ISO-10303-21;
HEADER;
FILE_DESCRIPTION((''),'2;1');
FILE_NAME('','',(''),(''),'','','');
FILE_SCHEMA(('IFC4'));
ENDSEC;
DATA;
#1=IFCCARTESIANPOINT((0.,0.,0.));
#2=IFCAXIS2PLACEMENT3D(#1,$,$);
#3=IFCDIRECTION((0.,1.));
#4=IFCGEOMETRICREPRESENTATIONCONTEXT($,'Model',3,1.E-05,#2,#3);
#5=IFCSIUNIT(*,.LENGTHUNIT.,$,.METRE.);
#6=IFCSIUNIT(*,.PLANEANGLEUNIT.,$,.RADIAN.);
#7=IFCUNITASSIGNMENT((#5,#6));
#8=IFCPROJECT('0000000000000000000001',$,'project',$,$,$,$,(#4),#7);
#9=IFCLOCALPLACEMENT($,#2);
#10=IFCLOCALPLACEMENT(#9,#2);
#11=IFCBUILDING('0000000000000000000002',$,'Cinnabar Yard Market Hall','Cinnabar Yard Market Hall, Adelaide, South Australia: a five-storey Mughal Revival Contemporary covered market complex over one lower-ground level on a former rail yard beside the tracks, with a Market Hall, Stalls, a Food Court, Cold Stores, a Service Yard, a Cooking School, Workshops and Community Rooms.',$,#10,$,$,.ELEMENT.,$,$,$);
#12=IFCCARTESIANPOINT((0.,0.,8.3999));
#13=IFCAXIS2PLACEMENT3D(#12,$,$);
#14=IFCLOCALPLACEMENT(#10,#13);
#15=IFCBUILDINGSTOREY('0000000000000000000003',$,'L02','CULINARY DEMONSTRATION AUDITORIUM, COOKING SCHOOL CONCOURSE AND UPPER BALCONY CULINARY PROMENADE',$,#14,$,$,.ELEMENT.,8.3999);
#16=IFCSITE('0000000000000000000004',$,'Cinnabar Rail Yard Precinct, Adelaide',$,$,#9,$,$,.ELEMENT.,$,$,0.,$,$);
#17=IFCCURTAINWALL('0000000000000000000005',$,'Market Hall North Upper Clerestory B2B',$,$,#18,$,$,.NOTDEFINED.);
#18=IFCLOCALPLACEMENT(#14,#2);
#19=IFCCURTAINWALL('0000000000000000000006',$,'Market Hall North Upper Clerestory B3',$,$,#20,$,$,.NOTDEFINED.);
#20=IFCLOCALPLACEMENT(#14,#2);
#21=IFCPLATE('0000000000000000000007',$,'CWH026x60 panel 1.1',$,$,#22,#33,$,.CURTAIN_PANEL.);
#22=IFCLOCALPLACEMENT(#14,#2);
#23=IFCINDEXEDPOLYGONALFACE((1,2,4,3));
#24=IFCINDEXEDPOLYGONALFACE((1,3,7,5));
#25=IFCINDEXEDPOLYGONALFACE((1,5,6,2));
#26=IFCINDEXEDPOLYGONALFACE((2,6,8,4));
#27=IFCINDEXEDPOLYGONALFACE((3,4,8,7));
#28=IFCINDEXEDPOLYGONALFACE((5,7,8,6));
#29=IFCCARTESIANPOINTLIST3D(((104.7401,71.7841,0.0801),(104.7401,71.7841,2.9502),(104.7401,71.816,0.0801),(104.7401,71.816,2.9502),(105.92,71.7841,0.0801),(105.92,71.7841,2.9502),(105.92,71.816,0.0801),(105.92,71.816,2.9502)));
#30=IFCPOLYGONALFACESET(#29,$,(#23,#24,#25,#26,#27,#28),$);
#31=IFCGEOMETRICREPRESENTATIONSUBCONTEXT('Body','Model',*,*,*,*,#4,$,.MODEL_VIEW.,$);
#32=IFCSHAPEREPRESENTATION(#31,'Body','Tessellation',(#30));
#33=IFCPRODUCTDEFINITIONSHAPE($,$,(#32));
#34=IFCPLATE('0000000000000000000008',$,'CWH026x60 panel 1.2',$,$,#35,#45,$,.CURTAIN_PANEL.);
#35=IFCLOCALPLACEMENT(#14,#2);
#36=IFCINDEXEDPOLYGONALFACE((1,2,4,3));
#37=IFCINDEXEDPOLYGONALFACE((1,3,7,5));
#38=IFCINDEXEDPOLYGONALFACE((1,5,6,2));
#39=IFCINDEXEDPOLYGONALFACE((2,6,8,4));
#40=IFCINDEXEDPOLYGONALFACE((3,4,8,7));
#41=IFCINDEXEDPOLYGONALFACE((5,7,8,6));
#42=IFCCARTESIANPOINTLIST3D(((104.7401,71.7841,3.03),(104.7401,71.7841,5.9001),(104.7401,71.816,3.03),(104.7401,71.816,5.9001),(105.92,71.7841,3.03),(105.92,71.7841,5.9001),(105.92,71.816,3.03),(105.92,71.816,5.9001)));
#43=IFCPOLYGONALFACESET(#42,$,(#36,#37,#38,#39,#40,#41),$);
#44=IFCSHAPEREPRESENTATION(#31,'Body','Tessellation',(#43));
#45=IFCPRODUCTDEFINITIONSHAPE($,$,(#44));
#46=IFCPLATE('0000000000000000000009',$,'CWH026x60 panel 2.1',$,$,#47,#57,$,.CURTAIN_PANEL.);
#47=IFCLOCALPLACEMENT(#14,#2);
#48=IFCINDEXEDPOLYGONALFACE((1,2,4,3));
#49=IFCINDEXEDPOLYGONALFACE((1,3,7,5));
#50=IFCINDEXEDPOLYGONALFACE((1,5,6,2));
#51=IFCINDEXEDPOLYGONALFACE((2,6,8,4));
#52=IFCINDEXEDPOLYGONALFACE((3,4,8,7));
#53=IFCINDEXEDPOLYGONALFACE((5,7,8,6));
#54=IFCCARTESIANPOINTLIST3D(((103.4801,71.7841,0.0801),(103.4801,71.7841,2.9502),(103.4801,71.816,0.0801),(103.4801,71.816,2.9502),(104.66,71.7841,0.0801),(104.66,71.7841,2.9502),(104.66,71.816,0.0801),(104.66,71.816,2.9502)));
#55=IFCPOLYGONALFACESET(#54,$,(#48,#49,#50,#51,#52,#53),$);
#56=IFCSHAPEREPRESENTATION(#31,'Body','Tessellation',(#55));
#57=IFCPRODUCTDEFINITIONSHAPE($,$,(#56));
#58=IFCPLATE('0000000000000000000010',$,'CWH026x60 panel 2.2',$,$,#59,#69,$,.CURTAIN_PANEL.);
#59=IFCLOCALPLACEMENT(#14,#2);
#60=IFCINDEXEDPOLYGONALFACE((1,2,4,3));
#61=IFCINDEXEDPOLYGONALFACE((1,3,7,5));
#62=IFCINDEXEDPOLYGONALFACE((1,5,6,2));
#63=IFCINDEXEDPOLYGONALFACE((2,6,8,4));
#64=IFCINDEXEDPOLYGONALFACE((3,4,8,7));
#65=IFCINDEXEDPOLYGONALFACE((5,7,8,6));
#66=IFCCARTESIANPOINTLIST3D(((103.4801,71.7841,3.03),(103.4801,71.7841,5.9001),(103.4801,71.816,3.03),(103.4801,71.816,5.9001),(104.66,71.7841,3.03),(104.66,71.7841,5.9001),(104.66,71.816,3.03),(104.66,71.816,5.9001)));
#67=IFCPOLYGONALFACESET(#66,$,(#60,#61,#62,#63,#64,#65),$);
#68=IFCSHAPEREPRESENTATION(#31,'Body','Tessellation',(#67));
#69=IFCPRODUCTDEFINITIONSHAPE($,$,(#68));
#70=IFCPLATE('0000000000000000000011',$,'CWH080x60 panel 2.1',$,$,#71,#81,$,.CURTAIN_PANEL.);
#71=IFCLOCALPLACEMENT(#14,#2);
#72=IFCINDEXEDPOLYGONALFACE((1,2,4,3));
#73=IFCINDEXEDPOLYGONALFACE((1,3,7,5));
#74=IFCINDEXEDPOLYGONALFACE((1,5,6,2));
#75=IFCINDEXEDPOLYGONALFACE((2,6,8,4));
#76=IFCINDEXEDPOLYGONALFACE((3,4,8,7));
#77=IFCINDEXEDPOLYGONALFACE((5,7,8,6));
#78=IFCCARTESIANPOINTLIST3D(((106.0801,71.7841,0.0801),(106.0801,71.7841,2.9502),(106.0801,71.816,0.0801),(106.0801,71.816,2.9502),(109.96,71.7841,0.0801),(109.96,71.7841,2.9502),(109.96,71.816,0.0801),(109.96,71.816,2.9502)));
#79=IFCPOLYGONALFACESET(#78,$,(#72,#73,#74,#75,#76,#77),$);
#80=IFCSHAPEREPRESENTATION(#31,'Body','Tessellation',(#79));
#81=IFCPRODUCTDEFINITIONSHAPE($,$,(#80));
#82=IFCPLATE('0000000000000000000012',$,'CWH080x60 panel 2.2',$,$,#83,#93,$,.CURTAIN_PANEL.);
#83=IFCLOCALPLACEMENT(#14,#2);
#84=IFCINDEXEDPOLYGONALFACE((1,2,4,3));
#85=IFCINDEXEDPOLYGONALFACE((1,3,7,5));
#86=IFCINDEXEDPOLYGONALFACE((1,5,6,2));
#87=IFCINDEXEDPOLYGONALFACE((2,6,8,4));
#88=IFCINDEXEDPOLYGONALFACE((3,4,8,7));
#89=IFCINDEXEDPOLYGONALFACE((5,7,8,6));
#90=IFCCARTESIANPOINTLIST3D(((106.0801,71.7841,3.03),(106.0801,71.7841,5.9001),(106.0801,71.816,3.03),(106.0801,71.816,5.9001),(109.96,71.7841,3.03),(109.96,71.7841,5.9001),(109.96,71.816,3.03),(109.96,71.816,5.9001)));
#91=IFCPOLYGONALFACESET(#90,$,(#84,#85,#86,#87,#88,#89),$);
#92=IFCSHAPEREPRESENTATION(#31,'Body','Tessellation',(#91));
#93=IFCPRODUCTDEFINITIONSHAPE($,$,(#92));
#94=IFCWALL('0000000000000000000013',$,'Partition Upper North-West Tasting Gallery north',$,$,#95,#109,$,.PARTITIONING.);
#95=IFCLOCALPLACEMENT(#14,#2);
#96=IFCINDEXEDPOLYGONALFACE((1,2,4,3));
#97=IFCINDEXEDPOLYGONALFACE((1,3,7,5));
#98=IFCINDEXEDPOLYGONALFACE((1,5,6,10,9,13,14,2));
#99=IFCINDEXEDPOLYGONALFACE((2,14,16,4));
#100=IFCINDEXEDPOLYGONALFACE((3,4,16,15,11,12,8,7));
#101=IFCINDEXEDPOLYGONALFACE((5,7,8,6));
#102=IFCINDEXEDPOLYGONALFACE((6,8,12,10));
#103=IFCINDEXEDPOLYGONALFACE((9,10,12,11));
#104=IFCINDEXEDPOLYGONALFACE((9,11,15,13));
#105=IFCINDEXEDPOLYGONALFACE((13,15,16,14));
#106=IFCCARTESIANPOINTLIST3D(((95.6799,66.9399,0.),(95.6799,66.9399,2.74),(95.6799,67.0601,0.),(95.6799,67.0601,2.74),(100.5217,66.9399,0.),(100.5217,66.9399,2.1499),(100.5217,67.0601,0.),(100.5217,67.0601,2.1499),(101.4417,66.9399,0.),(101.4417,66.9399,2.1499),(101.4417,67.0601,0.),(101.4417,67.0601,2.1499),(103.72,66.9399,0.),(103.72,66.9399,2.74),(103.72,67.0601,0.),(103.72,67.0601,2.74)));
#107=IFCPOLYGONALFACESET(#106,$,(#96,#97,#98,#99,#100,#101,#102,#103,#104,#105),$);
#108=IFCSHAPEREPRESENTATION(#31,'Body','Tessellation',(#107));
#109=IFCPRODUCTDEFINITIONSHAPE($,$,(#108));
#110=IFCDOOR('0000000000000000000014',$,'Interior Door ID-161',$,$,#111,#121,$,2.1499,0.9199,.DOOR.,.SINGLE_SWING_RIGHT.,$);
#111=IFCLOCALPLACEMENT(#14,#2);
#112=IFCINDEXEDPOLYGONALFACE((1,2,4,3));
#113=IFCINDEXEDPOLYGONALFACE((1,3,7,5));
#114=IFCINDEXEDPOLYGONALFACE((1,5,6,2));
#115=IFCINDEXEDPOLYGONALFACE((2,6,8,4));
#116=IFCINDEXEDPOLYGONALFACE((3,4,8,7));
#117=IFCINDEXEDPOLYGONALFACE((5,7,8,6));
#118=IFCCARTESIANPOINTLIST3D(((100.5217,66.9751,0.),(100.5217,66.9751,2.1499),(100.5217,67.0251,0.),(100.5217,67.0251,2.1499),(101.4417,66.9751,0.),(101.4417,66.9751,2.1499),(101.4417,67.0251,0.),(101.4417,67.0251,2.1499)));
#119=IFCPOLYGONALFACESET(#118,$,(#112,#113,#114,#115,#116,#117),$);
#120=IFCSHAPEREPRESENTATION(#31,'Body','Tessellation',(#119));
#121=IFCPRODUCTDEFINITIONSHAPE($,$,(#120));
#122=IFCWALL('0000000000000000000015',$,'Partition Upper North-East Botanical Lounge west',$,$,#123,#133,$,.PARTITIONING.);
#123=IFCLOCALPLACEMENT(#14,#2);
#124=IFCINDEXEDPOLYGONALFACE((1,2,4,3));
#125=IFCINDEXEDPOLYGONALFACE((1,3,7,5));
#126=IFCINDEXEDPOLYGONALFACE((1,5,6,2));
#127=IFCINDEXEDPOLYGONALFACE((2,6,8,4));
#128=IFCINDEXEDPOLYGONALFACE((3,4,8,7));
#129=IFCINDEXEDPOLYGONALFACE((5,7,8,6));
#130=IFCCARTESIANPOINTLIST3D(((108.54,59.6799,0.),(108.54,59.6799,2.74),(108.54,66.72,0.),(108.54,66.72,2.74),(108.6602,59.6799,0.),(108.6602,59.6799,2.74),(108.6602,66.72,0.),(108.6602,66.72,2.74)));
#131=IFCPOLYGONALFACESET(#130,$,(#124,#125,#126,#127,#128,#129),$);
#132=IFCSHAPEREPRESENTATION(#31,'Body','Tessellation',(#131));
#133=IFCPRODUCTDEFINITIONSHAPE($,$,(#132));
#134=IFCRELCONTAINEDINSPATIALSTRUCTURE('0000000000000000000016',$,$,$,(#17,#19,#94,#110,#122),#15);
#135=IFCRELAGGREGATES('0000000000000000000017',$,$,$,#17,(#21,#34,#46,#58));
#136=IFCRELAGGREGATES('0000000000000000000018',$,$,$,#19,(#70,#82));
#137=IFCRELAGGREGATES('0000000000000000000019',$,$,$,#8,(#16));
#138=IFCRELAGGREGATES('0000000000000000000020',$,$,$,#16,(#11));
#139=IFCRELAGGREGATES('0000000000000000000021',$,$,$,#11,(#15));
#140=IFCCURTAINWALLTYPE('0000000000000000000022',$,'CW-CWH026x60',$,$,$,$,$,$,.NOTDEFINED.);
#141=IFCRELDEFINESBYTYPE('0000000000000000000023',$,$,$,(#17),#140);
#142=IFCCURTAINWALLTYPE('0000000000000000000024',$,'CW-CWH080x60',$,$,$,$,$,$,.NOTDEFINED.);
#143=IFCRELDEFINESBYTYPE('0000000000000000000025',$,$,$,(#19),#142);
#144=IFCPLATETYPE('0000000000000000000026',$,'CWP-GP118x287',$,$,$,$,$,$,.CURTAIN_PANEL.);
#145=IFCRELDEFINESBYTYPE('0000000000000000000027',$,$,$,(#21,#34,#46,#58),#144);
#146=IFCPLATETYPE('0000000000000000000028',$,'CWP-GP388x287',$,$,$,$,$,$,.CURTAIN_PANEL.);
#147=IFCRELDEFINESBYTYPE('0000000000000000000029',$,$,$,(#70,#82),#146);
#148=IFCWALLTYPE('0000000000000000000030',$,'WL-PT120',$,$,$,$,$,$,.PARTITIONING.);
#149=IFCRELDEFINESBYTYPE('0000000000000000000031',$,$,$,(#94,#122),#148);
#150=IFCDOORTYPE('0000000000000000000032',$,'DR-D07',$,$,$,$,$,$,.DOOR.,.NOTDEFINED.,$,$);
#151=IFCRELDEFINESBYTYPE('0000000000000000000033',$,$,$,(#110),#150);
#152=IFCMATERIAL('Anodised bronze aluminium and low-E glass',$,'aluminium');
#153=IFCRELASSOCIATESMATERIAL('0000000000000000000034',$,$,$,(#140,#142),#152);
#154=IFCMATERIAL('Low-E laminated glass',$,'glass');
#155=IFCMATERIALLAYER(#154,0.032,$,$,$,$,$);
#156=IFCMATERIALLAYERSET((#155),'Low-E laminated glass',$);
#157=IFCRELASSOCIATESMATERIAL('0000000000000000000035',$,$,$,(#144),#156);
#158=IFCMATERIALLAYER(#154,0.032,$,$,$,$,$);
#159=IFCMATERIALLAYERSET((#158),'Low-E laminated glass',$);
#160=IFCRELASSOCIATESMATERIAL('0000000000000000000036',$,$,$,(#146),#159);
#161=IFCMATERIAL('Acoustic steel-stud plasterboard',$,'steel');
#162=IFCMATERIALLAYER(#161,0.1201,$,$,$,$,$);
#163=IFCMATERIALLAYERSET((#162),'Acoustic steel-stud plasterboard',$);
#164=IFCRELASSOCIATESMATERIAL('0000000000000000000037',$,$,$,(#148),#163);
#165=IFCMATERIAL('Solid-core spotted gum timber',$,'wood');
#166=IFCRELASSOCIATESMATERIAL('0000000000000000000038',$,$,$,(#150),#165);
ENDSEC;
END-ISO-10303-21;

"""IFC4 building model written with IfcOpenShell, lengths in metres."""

from ifc_helpers import new_model, si_unit, direction, frame, frame_2d, origin, origin_2d_with_axis, place, context, subcontext, project, spatial, rectangle, extrude, material, layer, layer_set, type_object, element, fill, aggregate, save


model = new_model("IFC4")

# Units and contexts
model_context = context("Model", 3, precision=1e-05, world=origin(), true_north=direction((0.0, 1.0)))
body_context = subcontext(model_context, "Body", "Model", "MODEL_VIEW")
ifc_project = project(units=[si_unit("LENGTHUNIT", "METRE"), si_unit("PLANEANGLEUNIT", "RADIAN")], contexts=[model_context])

# Site, building, storey
site_placement = place(None, origin())
site = spatial("IfcSite", under=ifc_project, at=site_placement, Name="Cinnabar Rail Yard Precinct, Adelaide", CompositionType="ELEMENT", RefElevation=0.0)
building_placement = place(site_placement, origin())
building = spatial("IfcBuilding", under=site, at=building_placement, Name="Cinnabar Yard Market Hall", Description="Cinnabar Yard Market Hall, Adelaide, South Australia: a five-storey Mughal Revival Contemporary covered market complex over one lower-ground level on a former rail yard beside the tracks, with a Market Hall, Stalls, a Food Court, Cold Stores, a Service Yard, a Cooking School, Workshops and Community Rooms.", CompositionType="ELEMENT")
storey_placement = place(building_placement, frame((0.0, 0.0, 8.3999)))
storey = spatial("IfcBuildingStorey", under=building, at=storey_placement, Name="L02", Description="CULINARY DEMONSTRATION AUDITORIUM, COOKING SCHOOL CONCOURSE AND UPPER BALCONY CULINARY PROMENADE", CompositionType="ELEMENT", Elevation=8.3999)

# Curtain wall
ifc_material_1 = material(Name="Anodised bronze aluminium and low-E glass", Category="aluminium")
curtain_wall_type_1 = type_object("IfcCurtainWallType", Name="CW-CWH026x60", PredefinedType="NOTDEFINED", material=ifc_material_1)
curtain_wall_1_placement = place(storey_placement, origin())
curtain_wall_1 = element("IfcCurtainWall", 1, at=curtain_wall_1_placement, inside=storey, type_object=curtain_wall_type_1, Name="Market Hall North Upper Clerestory B2B", PredefinedType="NOTDEFINED")

# Curtain wall
curtain_wall_type_2 = type_object("IfcCurtainWallType", Name="CW-CWH080x60", PredefinedType="NOTDEFINED", material=ifc_material_1)
curtain_wall_2_placement = place(storey_placement, origin())
curtain_wall_2 = element("IfcCurtainWall", 2, at=curtain_wall_2_placement, inside=storey, type_object=curtain_wall_type_2, Name="Market Hall North Upper Clerestory B3", PredefinedType="NOTDEFINED")

# Plates
ifc_material_2 = material(Name="Low-E laminated glass", Category="glass")
ifc_layer_1 = layer(ifc_material_2, 0.032)
ifc_layer_set_1 = layer_set([ifc_layer_1], Name="Low-E laminated glass")
plate_type_1 = type_object("IfcPlateType", Name="CWP-GP118x287", PredefinedType="CURTAIN_PANEL", material=ifc_layer_set_1)
plate_1_placement = place(storey_placement, frame((105.3301, 71.8, 0.0801), z_axis=(0.0, 0.0, 1.0), x_axis=(-1.0, 0.0, 0.0)))
plate_1 = element("IfcPlate", 3, at=plate_1_placement, type_object=plate_type_1, Name="CWH026x60 panel 1.1", PredefinedType="CURTAIN_PANEL", context=body_context, shape_type="SweptSolid", body=[
    extrude(rectangle(XDim=1.1799, YDim=0.032, at=origin_2d_with_axis()), origin(), (0.0, 0.0, 1.0), 2.8701),
])
plate_2_placement = place(storey_placement, frame((105.3301, 71.8, 3.03), z_axis=(0.0, 0.0, 1.0), x_axis=(-1.0, 0.0, 0.0)))
plate_2 = element("IfcPlate", 4, at=plate_2_placement, type_object=plate_type_1, Name="CWH026x60 panel 1.2", PredefinedType="CURTAIN_PANEL", context=body_context, shape_type="SweptSolid", body=[
    extrude(rectangle(XDim=1.1799, YDim=0.032, at=origin_2d_with_axis()), origin(), (0.0, 0.0, 1.0), 2.8701),
])
plate_3_placement = place(storey_placement, frame((104.0701, 71.8, 0.0801), z_axis=(0.0, 0.0, 1.0), x_axis=(-1.0, 0.0, 0.0)))
plate_3 = element("IfcPlate", 5, at=plate_3_placement, type_object=plate_type_1, Name="CWH026x60 panel 2.1", PredefinedType="CURTAIN_PANEL", context=body_context, shape_type="SweptSolid", body=[
    extrude(rectangle(XDim=1.1799, YDim=0.032, at=origin_2d_with_axis()), origin(), (0.0, 0.0, 1.0), 2.8701),
])
plate_4_placement = place(storey_placement, frame((104.0701, 71.8, 3.03), z_axis=(0.0, 0.0, 1.0), x_axis=(-1.0, 0.0, 0.0)))
plate_4 = element("IfcPlate", 6, at=plate_4_placement, type_object=plate_type_1, Name="CWH026x60 panel 2.2", PredefinedType="CURTAIN_PANEL", context=body_context, shape_type="SweptSolid", body=[
    extrude(rectangle(XDim=1.1799, YDim=0.032, at=origin_2d_with_axis()), origin(), (0.0, 0.0, 1.0), 2.8701),
])
aggregate(curtain_wall_1, [plate_1, plate_2, plate_3, plate_4])
ifc_layer_2 = layer(ifc_material_2, 0.032)
ifc_layer_set_2 = layer_set([ifc_layer_2], Name="Low-E laminated glass")
plate_type_2 = type_object("IfcPlateType", Name="CWP-GP388x287", PredefinedType="CURTAIN_PANEL", material=ifc_layer_set_2)
plate_5_placement = place(storey_placement, frame((108.02, 71.8, 0.0801), z_axis=(0.0, 0.0, 1.0), x_axis=(-1.0, 0.0, 0.0)))
plate_5 = element("IfcPlate", 7, at=plate_5_placement, type_object=plate_type_2, Name="CWH080x60 panel 2.1", PredefinedType="CURTAIN_PANEL", context=body_context, shape_type="SweptSolid", body=[
    extrude(rectangle(XDim=3.8799, YDim=0.032, at=origin_2d_with_axis()), origin(), (0.0, 0.0, 1.0), 2.8701),
])
plate_6_placement = place(storey_placement, frame((108.02, 71.8, 3.03), z_axis=(0.0, 0.0, 1.0), x_axis=(-1.0, 0.0, 0.0)))
plate_6 = element("IfcPlate", 8, at=plate_6_placement, type_object=plate_type_2, Name="CWH080x60 panel 2.2", PredefinedType="CURTAIN_PANEL", context=body_context, shape_type="SweptSolid", body=[
    extrude(rectangle(XDim=3.8799, YDim=0.032, at=origin_2d_with_axis()), origin(), (0.0, 0.0, 1.0), 2.8701),
])
aggregate(curtain_wall_2, [plate_5, plate_6])

# Wall, opening, door
ifc_material_3 = material(Name="Acoustic steel-stud plasterboard", Category="steel")
ifc_layer_3 = layer(ifc_material_3, 0.1201)
ifc_layer_set_3 = layer_set([ifc_layer_3], Name="Acoustic steel-stud plasterboard")
wall_type_1 = type_object("IfcWallType", Name="WL-PT120", PredefinedType="PARTITIONING", material=ifc_layer_set_3)
wall_1_placement = place(storey_placement, frame((103.72, 67.0, 0.0), z_axis=(0.0, 0.0, 1.0), x_axis=(-1.0, 0.0, 0.0)))
wall_1 = element("IfcWall", 9, at=wall_1_placement, inside=storey, type_object=wall_type_1, Name="Partition Upper North-West Tasting Gallery north", PredefinedType="PARTITIONING", context=body_context, shape_type="SweptSolid", body=[
    extrude(rectangle(XDim=8.04, YDim=0.1201, at=frame_2d((4.02, 0.0), x_axis=(1.0, 0.0))), origin(), (0.0, 0.0, 1.0), 2.74),
])
opening_1_placement = place(wall_1_placement, frame((2.2783, 0.0, 0.0)))
opening_1 = element("IfcOpeningElement", 10, at=opening_1_placement, cuts=wall_1, PredefinedType="OPENING", context=body_context, shape_type="SweptSolid", body=[
    extrude(rectangle(XDim=0.9199, YDim=2.1499, at=frame_2d((0.46, 1.075), x_axis=(1.0, 0.0))), frame((0.0, 0.0701, 0.0), z_axis=(0.0, -1.0, 0.0), x_axis=(1.0, 0.0, 0.0)), (0.0, 0.0, 1.0), 0.1401),
])
ifc_material_4 = material(Name="Solid-core spotted gum timber", Category="wood")
door_type_1 = type_object("IfcDoorType", Name="DR-D07", OperationType="NOTDEFINED", PredefinedType="DOOR", material=ifc_material_4)
door_1_placement = place(opening_1_placement, origin())
door_1 = element("IfcDoor", 11, at=door_1_placement, inside=storey, type_object=door_type_1, Name="Interior Door ID-161", OperationType="SINGLE_SWING_RIGHT", OverallHeight=2.1499, OverallWidth=0.9199, PredefinedType="DOOR", context=body_context, shape_type="SweptSolid", body=[
    extrude(rectangle(XDim=0.9199, YDim=2.1499, at=frame_2d((0.46, 1.075), x_axis=(1.0, 0.0))), frame((0.0, 0.0249, 0.0), z_axis=(0.0, -1.0, 0.0), x_axis=(1.0, 0.0, 0.0)), (0.0, 0.0, 1.0), 0.05),
])
fill(opening_1, door_1)

# Wall
wall_2_placement = place(storey_placement, frame((108.6001, 66.72, 0.0), z_axis=(0.0, 0.0, 1.0), x_axis=(0.0, -1.0, 0.0)))
element("IfcWall", 12, at=wall_2_placement, inside=storey, type_object=wall_type_1, Name="Partition Upper North-East Botanical Lounge west", PredefinedType="PARTITIONING", context=body_context, shape_type="SweptSolid", body=[
    extrude(rectangle(XDim=7.04, YDim=0.1201, at=frame_2d((3.52, 0.0), x_axis=(1.0, 0.0))), origin(), (0.0, 0.0, 1.0), 2.74),
])

save(model, "model.ifc")
